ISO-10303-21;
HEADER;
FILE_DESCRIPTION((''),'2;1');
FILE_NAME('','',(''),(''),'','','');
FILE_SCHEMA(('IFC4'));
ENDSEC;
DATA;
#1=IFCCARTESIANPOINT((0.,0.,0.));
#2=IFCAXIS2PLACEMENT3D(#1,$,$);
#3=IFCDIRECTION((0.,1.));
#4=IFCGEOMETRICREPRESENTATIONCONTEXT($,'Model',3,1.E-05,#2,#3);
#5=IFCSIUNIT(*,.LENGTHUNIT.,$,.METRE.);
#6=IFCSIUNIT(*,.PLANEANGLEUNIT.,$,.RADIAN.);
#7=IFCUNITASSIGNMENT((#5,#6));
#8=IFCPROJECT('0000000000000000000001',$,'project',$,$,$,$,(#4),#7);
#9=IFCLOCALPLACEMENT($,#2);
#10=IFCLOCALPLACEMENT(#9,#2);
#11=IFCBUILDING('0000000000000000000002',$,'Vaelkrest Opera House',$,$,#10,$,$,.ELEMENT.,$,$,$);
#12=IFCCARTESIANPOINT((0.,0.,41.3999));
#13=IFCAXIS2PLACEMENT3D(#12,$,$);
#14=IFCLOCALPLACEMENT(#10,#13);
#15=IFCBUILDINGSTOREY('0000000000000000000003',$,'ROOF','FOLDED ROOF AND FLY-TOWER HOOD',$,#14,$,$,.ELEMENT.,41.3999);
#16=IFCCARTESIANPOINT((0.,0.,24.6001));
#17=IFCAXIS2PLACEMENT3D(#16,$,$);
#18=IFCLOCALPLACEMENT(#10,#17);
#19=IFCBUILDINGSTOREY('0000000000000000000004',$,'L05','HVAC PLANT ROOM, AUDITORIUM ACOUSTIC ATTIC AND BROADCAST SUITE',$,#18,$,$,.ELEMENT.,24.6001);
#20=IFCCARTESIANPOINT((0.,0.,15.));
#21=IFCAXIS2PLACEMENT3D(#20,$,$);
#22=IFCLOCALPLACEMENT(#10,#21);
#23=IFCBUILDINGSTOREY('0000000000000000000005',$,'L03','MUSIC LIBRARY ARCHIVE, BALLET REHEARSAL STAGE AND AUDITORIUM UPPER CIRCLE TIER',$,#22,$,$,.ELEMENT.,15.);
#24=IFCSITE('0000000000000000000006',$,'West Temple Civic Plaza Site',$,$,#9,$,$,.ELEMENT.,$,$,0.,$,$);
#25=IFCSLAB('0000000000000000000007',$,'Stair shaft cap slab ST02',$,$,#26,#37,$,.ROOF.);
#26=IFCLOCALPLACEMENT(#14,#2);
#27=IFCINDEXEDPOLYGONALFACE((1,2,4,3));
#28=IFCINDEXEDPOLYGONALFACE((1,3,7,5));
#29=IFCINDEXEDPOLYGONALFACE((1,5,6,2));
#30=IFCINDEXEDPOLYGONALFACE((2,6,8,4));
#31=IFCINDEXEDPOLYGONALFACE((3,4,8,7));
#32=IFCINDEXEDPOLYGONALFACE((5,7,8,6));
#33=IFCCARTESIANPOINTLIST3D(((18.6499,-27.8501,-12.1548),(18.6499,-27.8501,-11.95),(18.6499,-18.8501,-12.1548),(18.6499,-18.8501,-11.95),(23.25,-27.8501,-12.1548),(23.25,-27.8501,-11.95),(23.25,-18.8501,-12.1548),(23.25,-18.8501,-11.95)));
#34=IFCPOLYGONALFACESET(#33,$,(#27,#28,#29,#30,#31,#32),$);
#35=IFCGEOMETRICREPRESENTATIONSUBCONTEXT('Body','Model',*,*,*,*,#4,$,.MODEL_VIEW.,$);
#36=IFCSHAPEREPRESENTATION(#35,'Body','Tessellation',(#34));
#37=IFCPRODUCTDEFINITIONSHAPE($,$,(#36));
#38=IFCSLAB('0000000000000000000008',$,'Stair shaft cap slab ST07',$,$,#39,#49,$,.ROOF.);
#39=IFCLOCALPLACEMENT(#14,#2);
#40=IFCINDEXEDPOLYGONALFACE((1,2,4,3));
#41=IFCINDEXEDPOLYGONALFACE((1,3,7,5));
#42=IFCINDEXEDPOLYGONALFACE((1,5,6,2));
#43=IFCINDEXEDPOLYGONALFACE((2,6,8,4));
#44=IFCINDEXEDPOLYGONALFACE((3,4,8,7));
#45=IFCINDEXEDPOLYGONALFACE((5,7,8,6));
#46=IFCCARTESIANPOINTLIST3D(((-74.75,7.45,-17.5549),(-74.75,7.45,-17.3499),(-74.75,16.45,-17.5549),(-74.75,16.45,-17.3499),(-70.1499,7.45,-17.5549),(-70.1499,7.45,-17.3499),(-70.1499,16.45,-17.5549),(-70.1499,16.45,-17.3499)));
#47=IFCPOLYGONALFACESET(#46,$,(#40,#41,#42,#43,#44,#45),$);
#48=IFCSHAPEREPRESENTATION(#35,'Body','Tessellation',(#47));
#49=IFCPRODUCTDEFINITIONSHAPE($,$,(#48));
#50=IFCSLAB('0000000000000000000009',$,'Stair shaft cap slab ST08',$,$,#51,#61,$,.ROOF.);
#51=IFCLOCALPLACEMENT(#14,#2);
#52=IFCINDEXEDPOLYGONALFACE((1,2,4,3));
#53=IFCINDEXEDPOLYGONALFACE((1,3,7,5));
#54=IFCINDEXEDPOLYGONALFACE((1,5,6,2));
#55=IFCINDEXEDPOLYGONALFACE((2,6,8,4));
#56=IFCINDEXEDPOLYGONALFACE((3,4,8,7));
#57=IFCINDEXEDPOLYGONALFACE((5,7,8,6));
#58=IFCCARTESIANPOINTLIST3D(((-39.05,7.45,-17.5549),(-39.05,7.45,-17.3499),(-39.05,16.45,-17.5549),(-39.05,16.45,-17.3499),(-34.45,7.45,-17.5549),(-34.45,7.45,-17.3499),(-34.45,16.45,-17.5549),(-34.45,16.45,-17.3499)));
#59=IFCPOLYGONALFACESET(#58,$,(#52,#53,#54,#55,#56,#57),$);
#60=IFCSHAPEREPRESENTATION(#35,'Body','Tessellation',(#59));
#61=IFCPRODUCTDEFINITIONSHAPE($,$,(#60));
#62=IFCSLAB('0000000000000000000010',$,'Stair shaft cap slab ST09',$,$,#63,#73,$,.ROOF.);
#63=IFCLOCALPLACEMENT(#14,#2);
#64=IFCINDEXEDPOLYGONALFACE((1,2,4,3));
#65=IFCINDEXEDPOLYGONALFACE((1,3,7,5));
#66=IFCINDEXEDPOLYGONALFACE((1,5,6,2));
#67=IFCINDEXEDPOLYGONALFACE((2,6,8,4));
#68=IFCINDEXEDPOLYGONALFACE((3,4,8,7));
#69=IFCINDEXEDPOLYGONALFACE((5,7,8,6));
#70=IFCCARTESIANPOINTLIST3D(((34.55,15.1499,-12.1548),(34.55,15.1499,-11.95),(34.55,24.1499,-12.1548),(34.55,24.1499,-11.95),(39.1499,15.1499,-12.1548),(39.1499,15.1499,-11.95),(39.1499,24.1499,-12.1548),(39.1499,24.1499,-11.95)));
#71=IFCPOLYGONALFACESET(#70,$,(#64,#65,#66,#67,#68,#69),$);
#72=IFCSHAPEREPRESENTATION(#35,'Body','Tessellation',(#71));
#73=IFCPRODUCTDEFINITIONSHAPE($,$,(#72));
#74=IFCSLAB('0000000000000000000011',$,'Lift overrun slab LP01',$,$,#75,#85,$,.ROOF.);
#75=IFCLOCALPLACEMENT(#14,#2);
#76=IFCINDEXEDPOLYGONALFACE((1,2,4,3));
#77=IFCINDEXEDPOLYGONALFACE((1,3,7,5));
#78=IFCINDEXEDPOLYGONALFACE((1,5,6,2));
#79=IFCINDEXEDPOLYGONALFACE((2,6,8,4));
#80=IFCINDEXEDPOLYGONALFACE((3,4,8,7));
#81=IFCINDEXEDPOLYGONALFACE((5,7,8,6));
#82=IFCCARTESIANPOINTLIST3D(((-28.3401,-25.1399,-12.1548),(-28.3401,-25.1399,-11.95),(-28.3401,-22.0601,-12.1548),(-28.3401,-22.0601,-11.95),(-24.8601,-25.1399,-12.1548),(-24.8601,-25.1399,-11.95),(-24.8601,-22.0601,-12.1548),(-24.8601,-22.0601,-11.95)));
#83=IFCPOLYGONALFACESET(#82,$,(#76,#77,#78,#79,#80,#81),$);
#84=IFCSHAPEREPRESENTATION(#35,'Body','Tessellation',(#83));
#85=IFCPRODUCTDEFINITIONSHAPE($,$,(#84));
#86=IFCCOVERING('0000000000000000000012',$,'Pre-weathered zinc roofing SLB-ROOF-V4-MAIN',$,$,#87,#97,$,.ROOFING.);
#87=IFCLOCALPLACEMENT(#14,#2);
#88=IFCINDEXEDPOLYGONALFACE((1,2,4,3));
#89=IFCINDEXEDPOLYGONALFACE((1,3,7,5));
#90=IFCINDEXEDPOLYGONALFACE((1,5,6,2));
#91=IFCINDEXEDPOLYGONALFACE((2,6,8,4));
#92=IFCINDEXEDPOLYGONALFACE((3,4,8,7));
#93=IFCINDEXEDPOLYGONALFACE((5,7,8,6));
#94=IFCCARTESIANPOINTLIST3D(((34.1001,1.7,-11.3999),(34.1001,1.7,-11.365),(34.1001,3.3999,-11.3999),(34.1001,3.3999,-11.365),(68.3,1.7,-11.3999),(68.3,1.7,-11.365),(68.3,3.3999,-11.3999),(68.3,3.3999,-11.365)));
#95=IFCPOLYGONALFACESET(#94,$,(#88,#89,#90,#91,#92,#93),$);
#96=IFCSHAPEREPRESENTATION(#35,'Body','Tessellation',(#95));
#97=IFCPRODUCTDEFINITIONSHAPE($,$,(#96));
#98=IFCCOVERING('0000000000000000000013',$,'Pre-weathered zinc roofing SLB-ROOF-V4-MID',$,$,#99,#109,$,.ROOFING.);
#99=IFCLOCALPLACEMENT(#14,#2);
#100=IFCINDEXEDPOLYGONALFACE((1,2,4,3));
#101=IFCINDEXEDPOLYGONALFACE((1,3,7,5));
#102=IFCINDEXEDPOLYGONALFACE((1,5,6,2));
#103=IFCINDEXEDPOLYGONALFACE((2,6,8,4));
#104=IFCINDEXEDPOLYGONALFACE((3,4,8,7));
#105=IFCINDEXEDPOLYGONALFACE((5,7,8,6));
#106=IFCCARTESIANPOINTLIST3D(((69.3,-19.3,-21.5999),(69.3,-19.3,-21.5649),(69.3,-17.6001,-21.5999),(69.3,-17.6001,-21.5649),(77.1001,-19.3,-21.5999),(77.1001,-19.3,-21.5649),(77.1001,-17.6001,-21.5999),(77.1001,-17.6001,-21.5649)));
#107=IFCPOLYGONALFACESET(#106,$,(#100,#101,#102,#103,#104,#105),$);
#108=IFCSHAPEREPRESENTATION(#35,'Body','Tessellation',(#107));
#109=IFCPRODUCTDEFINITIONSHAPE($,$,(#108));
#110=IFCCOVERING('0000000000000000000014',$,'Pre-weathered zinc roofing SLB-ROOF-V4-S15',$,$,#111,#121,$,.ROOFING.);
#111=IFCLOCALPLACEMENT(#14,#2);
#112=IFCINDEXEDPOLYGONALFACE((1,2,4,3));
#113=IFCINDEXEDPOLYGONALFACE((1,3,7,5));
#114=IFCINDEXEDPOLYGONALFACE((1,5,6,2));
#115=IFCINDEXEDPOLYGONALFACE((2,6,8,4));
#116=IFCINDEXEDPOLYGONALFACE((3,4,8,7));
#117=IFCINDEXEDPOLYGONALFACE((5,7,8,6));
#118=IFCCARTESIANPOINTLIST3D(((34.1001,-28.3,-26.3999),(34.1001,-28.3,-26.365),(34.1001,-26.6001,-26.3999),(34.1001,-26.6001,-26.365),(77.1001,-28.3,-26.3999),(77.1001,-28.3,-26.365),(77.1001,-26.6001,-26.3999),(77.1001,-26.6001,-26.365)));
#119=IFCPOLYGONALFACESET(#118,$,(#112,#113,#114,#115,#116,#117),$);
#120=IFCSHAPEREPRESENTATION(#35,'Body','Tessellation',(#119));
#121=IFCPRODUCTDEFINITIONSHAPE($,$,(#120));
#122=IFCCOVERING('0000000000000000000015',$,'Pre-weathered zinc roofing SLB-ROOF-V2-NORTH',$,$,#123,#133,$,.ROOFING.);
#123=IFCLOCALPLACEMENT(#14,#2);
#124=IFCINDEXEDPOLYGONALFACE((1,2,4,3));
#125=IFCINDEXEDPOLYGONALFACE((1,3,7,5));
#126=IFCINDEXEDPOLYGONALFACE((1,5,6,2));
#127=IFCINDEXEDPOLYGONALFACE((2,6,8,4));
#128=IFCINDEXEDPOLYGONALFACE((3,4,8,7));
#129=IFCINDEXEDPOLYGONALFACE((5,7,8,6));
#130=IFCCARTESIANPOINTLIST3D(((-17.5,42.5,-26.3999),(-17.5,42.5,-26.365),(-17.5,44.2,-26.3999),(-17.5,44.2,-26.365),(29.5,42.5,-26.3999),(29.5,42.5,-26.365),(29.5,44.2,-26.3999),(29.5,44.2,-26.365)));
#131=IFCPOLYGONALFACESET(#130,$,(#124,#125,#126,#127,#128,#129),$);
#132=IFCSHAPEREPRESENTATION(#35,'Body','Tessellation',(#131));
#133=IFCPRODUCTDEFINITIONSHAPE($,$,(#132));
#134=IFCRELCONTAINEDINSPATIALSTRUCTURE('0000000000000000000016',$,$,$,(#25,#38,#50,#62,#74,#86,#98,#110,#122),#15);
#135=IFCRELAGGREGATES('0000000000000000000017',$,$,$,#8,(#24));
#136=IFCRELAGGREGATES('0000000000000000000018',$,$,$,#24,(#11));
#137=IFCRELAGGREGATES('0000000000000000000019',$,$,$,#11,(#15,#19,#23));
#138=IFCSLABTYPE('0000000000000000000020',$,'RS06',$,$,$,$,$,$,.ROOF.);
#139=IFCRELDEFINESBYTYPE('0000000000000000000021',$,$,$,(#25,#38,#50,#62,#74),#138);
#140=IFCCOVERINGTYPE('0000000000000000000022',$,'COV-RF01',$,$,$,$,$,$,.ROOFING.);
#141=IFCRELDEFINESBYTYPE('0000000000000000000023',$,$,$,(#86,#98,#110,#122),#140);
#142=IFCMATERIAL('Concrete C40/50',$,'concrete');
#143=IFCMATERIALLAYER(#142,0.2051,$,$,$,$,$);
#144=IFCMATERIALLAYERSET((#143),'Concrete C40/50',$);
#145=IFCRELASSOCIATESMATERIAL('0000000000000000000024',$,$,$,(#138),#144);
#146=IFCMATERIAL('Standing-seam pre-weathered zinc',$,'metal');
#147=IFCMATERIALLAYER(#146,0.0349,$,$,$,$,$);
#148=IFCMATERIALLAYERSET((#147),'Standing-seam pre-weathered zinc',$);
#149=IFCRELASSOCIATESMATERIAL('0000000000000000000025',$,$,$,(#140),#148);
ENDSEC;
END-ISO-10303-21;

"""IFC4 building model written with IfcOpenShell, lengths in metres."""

from ifc_helpers import new_model, si_unit, direction, frame, origin, place, context, subcontext, project, spatial, polyline, outline, extrude, material, layer, layer_set, type_object, element, save


model = new_model("IFC4")

# Units and contexts
model_context = context("Model", 3, precision=1e-05, world=origin(), true_north=direction((0.0, 1.0)))
body_context = subcontext(model_context, "Body", "Model", "MODEL_VIEW")
ifc_project = project(units=[si_unit("LENGTHUNIT", "METRE"), si_unit("PLANEANGLEUNIT", "RADIAN")], contexts=[model_context])

# Site, building, storey
site_placement = place(None, origin())
site = spatial("IfcSite", under=ifc_project, at=site_placement, Name="West Temple Civic Plaza Site", CompositionType="ELEMENT", RefElevation=0.0)
building_placement = place(site_placement, origin())
building = spatial("IfcBuilding", under=site, at=building_placement, Name="Vaelkrest Opera House", CompositionType="ELEMENT")
storey_1_placement = place(building_placement, frame((0.0, 0.0, 41.3999)))
storey_1 = spatial("IfcBuildingStorey", under=building, at=storey_1_placement, Name="ROOF", Description="FOLDED ROOF AND FLY-TOWER HOOD", CompositionType="ELEMENT", Elevation=41.3999)

# Shared definitions
ifc_material_1 = material(Name="Concrete C40/50", Category="concrete")

# Shared definitions
storey_2_placement = place(building_placement, frame((0.0, 0.0, 24.6001)))
storey_2 = spatial("IfcBuildingStorey", under=building, at=storey_2_placement, Name="L05", Description="HVAC PLANT ROOM, AUDITORIUM ACOUSTIC ATTIC AND BROADCAST SUITE", CompositionType="ELEMENT", Elevation=24.6001)

# Shared definitions
storey_3_placement = place(building_placement, frame((0.0, 0.0, 15.0)))
storey_3 = spatial("IfcBuildingStorey", under=building, at=storey_3_placement, Name="L03", Description="MUSIC LIBRARY ARCHIVE, BALLET REHEARSAL STAGE AND AUDITORIUM UPPER CIRCLE TIER", CompositionType="ELEMENT", Elevation=15.0)

# Slabs
ifc_layer_1 = layer(ifc_material_1, 0.2051)
ifc_layer_set_1 = layer_set([ifc_layer_1], Name="Concrete C40/50")
slab_type_1 = type_object("IfcSlabType", Name="RS06", PredefinedType="ROOF", material=ifc_layer_set_1)
slab_1_placement = place(storey_1_placement, frame((0.0, 0.0, -12.1548)))
element("IfcSlab", 1, at=slab_1_placement, inside=storey_1, type_object=slab_type_1, Name="Stair shaft cap slab ST02", PredefinedType="ROOF", context=body_context, shape_type="SweptSolid", body=[
    extrude(outline(polyline([(18.6499, -27.8501), (23.25, -27.8501), (23.25, -18.8501), (18.6499, -18.8501), (18.6499, -27.8501)])), origin(), (0.0, 0.0, 1.0), 0.2048),
])
slab_2_placement = place(storey_1_placement, frame((0.0, 0.0, -17.5549)))
element("IfcSlab", 2, at=slab_2_placement, inside=storey_1, type_object=slab_type_1, Name="Stair shaft cap slab ST07", PredefinedType="ROOF", context=body_context, shape_type="SweptSolid", body=[
    extrude(outline(polyline([(-74.75, 7.45), (-70.1499, 7.45), (-70.1499, 16.45), (-74.75, 16.45), (-74.75, 7.45)])), origin(), (0.0, 0.0, 1.0), 0.2051),
])
slab_3_placement = place(storey_1_placement, frame((0.0, 0.0, -17.5549)))
element("IfcSlab", 3, at=slab_3_placement, inside=storey_1, type_object=slab_type_1, Name="Stair shaft cap slab ST08", PredefinedType="ROOF", context=body_context, shape_type="SweptSolid", body=[
    extrude(outline(polyline([(-39.05, 7.45), (-34.45, 7.45), (-34.45, 16.45), (-39.05, 16.45), (-39.05, 7.45)])), origin(), (0.0, 0.0, 1.0), 0.2051),
])
slab_4_placement = place(storey_1_placement, frame((0.0, 0.0, -12.1548)))
element("IfcSlab", 4, at=slab_4_placement, inside=storey_1, type_object=slab_type_1, Name="Stair shaft cap slab ST09", PredefinedType="ROOF", context=body_context, shape_type="SweptSolid", body=[
    extrude(outline(polyline([(34.55, 15.1499), (39.1499, 15.1499), (39.1499, 24.1499), (34.55, 24.1499), (34.55, 15.1499)])), origin(), (0.0, 0.0, 1.0), 0.2048),
])
slab_5_placement = place(storey_1_placement, frame((0.0, 0.0, -12.1548)))
element("IfcSlab", 5, at=slab_5_placement, inside=storey_1, type_object=slab_type_1, Name="Lift overrun slab LP01", PredefinedType="ROOF", context=body_context, shape_type="SweptSolid", body=[
    extrude(outline(polyline([(-28.3401, -25.1399), (-24.8601, -25.1399), (-24.8601, -22.0601), (-28.3401, -22.0601), (-28.3401, -25.1399)])), origin(), (0.0, 0.0, 1.0), 0.2048),
])

# Coverings
ifc_material_2 = material(Name="Standing-seam pre-weathered zinc", Category="metal")
ifc_layer_2 = layer(ifc_material_2, 0.0349)
ifc_layer_set_2 = layer_set([ifc_layer_2], Name="Standing-seam pre-weathered zinc")
covering_type = type_object("IfcCoveringType", Name="COV-RF01", PredefinedType="ROOFING", material=ifc_layer_set_2)
covering_1_placement = place(storey_1_placement, frame((0.0, 0.0, -11.3999)))
element("IfcCovering", 6, at=covering_1_placement, inside=storey_1, type_object=covering_type, Name="Pre-weathered zinc roofing SLB-ROOF-V4-MAIN", PredefinedType="ROOFING", context=body_context, shape_type="SweptSolid", body=[
    extrude(outline(polyline([(34.1001, 1.7), (68.3, 1.7), (68.3, 3.3999), (34.1001, 3.3999), (34.1001, 1.7)])), origin(), (0.0, 0.0, 1.0), 0.0349),
])
covering_2_placement = place(storey_1_placement, frame((0.0, 0.0, -21.5999)))
element("IfcCovering", 7, at=covering_2_placement, inside=storey_1, type_object=covering_type, Name="Pre-weathered zinc roofing SLB-ROOF-V4-MID", PredefinedType="ROOFING", context=body_context, shape_type="SweptSolid", body=[
    extrude(outline(polyline([(69.3, -19.3), (77.1001, -19.3), (77.1001, -17.6001), (69.3, -17.6001), (69.3, -19.3)])), origin(), (0.0, 0.0, 1.0), 0.0349),
])
covering_3_placement = place(storey_1_placement, frame((0.0, 0.0, -26.3999)))
element("IfcCovering", 8, at=covering_3_placement, inside=storey_1, type_object=covering_type, Name="Pre-weathered zinc roofing SLB-ROOF-V4-S15", PredefinedType="ROOFING", context=body_context, shape_type="SweptSolid", body=[
    extrude(outline(polyline([(34.1001, -28.3), (77.1001, -28.3), (77.1001, -26.6001), (34.1001, -26.6001), (34.1001, -28.3)])), origin(), (0.0, 0.0, 1.0), 0.0349),
])
covering_4_placement = place(storey_1_placement, frame((0.0, 0.0, -26.3999)))
element("IfcCovering", 9, at=covering_4_placement, inside=storey_1, type_object=covering_type, Name="Pre-weathered zinc roofing SLB-ROOF-V2-NORTH", PredefinedType="ROOFING", context=body_context, shape_type="SweptSolid", body=[
    extrude(outline(polyline([(-17.5, 42.5), (29.5, 42.5), (29.5, 44.2), (-17.5, 44.2), (-17.5, 42.5)])), origin(), (0.0, 0.0, 1.0), 0.0349),
])

save(model, "model.ifc")
